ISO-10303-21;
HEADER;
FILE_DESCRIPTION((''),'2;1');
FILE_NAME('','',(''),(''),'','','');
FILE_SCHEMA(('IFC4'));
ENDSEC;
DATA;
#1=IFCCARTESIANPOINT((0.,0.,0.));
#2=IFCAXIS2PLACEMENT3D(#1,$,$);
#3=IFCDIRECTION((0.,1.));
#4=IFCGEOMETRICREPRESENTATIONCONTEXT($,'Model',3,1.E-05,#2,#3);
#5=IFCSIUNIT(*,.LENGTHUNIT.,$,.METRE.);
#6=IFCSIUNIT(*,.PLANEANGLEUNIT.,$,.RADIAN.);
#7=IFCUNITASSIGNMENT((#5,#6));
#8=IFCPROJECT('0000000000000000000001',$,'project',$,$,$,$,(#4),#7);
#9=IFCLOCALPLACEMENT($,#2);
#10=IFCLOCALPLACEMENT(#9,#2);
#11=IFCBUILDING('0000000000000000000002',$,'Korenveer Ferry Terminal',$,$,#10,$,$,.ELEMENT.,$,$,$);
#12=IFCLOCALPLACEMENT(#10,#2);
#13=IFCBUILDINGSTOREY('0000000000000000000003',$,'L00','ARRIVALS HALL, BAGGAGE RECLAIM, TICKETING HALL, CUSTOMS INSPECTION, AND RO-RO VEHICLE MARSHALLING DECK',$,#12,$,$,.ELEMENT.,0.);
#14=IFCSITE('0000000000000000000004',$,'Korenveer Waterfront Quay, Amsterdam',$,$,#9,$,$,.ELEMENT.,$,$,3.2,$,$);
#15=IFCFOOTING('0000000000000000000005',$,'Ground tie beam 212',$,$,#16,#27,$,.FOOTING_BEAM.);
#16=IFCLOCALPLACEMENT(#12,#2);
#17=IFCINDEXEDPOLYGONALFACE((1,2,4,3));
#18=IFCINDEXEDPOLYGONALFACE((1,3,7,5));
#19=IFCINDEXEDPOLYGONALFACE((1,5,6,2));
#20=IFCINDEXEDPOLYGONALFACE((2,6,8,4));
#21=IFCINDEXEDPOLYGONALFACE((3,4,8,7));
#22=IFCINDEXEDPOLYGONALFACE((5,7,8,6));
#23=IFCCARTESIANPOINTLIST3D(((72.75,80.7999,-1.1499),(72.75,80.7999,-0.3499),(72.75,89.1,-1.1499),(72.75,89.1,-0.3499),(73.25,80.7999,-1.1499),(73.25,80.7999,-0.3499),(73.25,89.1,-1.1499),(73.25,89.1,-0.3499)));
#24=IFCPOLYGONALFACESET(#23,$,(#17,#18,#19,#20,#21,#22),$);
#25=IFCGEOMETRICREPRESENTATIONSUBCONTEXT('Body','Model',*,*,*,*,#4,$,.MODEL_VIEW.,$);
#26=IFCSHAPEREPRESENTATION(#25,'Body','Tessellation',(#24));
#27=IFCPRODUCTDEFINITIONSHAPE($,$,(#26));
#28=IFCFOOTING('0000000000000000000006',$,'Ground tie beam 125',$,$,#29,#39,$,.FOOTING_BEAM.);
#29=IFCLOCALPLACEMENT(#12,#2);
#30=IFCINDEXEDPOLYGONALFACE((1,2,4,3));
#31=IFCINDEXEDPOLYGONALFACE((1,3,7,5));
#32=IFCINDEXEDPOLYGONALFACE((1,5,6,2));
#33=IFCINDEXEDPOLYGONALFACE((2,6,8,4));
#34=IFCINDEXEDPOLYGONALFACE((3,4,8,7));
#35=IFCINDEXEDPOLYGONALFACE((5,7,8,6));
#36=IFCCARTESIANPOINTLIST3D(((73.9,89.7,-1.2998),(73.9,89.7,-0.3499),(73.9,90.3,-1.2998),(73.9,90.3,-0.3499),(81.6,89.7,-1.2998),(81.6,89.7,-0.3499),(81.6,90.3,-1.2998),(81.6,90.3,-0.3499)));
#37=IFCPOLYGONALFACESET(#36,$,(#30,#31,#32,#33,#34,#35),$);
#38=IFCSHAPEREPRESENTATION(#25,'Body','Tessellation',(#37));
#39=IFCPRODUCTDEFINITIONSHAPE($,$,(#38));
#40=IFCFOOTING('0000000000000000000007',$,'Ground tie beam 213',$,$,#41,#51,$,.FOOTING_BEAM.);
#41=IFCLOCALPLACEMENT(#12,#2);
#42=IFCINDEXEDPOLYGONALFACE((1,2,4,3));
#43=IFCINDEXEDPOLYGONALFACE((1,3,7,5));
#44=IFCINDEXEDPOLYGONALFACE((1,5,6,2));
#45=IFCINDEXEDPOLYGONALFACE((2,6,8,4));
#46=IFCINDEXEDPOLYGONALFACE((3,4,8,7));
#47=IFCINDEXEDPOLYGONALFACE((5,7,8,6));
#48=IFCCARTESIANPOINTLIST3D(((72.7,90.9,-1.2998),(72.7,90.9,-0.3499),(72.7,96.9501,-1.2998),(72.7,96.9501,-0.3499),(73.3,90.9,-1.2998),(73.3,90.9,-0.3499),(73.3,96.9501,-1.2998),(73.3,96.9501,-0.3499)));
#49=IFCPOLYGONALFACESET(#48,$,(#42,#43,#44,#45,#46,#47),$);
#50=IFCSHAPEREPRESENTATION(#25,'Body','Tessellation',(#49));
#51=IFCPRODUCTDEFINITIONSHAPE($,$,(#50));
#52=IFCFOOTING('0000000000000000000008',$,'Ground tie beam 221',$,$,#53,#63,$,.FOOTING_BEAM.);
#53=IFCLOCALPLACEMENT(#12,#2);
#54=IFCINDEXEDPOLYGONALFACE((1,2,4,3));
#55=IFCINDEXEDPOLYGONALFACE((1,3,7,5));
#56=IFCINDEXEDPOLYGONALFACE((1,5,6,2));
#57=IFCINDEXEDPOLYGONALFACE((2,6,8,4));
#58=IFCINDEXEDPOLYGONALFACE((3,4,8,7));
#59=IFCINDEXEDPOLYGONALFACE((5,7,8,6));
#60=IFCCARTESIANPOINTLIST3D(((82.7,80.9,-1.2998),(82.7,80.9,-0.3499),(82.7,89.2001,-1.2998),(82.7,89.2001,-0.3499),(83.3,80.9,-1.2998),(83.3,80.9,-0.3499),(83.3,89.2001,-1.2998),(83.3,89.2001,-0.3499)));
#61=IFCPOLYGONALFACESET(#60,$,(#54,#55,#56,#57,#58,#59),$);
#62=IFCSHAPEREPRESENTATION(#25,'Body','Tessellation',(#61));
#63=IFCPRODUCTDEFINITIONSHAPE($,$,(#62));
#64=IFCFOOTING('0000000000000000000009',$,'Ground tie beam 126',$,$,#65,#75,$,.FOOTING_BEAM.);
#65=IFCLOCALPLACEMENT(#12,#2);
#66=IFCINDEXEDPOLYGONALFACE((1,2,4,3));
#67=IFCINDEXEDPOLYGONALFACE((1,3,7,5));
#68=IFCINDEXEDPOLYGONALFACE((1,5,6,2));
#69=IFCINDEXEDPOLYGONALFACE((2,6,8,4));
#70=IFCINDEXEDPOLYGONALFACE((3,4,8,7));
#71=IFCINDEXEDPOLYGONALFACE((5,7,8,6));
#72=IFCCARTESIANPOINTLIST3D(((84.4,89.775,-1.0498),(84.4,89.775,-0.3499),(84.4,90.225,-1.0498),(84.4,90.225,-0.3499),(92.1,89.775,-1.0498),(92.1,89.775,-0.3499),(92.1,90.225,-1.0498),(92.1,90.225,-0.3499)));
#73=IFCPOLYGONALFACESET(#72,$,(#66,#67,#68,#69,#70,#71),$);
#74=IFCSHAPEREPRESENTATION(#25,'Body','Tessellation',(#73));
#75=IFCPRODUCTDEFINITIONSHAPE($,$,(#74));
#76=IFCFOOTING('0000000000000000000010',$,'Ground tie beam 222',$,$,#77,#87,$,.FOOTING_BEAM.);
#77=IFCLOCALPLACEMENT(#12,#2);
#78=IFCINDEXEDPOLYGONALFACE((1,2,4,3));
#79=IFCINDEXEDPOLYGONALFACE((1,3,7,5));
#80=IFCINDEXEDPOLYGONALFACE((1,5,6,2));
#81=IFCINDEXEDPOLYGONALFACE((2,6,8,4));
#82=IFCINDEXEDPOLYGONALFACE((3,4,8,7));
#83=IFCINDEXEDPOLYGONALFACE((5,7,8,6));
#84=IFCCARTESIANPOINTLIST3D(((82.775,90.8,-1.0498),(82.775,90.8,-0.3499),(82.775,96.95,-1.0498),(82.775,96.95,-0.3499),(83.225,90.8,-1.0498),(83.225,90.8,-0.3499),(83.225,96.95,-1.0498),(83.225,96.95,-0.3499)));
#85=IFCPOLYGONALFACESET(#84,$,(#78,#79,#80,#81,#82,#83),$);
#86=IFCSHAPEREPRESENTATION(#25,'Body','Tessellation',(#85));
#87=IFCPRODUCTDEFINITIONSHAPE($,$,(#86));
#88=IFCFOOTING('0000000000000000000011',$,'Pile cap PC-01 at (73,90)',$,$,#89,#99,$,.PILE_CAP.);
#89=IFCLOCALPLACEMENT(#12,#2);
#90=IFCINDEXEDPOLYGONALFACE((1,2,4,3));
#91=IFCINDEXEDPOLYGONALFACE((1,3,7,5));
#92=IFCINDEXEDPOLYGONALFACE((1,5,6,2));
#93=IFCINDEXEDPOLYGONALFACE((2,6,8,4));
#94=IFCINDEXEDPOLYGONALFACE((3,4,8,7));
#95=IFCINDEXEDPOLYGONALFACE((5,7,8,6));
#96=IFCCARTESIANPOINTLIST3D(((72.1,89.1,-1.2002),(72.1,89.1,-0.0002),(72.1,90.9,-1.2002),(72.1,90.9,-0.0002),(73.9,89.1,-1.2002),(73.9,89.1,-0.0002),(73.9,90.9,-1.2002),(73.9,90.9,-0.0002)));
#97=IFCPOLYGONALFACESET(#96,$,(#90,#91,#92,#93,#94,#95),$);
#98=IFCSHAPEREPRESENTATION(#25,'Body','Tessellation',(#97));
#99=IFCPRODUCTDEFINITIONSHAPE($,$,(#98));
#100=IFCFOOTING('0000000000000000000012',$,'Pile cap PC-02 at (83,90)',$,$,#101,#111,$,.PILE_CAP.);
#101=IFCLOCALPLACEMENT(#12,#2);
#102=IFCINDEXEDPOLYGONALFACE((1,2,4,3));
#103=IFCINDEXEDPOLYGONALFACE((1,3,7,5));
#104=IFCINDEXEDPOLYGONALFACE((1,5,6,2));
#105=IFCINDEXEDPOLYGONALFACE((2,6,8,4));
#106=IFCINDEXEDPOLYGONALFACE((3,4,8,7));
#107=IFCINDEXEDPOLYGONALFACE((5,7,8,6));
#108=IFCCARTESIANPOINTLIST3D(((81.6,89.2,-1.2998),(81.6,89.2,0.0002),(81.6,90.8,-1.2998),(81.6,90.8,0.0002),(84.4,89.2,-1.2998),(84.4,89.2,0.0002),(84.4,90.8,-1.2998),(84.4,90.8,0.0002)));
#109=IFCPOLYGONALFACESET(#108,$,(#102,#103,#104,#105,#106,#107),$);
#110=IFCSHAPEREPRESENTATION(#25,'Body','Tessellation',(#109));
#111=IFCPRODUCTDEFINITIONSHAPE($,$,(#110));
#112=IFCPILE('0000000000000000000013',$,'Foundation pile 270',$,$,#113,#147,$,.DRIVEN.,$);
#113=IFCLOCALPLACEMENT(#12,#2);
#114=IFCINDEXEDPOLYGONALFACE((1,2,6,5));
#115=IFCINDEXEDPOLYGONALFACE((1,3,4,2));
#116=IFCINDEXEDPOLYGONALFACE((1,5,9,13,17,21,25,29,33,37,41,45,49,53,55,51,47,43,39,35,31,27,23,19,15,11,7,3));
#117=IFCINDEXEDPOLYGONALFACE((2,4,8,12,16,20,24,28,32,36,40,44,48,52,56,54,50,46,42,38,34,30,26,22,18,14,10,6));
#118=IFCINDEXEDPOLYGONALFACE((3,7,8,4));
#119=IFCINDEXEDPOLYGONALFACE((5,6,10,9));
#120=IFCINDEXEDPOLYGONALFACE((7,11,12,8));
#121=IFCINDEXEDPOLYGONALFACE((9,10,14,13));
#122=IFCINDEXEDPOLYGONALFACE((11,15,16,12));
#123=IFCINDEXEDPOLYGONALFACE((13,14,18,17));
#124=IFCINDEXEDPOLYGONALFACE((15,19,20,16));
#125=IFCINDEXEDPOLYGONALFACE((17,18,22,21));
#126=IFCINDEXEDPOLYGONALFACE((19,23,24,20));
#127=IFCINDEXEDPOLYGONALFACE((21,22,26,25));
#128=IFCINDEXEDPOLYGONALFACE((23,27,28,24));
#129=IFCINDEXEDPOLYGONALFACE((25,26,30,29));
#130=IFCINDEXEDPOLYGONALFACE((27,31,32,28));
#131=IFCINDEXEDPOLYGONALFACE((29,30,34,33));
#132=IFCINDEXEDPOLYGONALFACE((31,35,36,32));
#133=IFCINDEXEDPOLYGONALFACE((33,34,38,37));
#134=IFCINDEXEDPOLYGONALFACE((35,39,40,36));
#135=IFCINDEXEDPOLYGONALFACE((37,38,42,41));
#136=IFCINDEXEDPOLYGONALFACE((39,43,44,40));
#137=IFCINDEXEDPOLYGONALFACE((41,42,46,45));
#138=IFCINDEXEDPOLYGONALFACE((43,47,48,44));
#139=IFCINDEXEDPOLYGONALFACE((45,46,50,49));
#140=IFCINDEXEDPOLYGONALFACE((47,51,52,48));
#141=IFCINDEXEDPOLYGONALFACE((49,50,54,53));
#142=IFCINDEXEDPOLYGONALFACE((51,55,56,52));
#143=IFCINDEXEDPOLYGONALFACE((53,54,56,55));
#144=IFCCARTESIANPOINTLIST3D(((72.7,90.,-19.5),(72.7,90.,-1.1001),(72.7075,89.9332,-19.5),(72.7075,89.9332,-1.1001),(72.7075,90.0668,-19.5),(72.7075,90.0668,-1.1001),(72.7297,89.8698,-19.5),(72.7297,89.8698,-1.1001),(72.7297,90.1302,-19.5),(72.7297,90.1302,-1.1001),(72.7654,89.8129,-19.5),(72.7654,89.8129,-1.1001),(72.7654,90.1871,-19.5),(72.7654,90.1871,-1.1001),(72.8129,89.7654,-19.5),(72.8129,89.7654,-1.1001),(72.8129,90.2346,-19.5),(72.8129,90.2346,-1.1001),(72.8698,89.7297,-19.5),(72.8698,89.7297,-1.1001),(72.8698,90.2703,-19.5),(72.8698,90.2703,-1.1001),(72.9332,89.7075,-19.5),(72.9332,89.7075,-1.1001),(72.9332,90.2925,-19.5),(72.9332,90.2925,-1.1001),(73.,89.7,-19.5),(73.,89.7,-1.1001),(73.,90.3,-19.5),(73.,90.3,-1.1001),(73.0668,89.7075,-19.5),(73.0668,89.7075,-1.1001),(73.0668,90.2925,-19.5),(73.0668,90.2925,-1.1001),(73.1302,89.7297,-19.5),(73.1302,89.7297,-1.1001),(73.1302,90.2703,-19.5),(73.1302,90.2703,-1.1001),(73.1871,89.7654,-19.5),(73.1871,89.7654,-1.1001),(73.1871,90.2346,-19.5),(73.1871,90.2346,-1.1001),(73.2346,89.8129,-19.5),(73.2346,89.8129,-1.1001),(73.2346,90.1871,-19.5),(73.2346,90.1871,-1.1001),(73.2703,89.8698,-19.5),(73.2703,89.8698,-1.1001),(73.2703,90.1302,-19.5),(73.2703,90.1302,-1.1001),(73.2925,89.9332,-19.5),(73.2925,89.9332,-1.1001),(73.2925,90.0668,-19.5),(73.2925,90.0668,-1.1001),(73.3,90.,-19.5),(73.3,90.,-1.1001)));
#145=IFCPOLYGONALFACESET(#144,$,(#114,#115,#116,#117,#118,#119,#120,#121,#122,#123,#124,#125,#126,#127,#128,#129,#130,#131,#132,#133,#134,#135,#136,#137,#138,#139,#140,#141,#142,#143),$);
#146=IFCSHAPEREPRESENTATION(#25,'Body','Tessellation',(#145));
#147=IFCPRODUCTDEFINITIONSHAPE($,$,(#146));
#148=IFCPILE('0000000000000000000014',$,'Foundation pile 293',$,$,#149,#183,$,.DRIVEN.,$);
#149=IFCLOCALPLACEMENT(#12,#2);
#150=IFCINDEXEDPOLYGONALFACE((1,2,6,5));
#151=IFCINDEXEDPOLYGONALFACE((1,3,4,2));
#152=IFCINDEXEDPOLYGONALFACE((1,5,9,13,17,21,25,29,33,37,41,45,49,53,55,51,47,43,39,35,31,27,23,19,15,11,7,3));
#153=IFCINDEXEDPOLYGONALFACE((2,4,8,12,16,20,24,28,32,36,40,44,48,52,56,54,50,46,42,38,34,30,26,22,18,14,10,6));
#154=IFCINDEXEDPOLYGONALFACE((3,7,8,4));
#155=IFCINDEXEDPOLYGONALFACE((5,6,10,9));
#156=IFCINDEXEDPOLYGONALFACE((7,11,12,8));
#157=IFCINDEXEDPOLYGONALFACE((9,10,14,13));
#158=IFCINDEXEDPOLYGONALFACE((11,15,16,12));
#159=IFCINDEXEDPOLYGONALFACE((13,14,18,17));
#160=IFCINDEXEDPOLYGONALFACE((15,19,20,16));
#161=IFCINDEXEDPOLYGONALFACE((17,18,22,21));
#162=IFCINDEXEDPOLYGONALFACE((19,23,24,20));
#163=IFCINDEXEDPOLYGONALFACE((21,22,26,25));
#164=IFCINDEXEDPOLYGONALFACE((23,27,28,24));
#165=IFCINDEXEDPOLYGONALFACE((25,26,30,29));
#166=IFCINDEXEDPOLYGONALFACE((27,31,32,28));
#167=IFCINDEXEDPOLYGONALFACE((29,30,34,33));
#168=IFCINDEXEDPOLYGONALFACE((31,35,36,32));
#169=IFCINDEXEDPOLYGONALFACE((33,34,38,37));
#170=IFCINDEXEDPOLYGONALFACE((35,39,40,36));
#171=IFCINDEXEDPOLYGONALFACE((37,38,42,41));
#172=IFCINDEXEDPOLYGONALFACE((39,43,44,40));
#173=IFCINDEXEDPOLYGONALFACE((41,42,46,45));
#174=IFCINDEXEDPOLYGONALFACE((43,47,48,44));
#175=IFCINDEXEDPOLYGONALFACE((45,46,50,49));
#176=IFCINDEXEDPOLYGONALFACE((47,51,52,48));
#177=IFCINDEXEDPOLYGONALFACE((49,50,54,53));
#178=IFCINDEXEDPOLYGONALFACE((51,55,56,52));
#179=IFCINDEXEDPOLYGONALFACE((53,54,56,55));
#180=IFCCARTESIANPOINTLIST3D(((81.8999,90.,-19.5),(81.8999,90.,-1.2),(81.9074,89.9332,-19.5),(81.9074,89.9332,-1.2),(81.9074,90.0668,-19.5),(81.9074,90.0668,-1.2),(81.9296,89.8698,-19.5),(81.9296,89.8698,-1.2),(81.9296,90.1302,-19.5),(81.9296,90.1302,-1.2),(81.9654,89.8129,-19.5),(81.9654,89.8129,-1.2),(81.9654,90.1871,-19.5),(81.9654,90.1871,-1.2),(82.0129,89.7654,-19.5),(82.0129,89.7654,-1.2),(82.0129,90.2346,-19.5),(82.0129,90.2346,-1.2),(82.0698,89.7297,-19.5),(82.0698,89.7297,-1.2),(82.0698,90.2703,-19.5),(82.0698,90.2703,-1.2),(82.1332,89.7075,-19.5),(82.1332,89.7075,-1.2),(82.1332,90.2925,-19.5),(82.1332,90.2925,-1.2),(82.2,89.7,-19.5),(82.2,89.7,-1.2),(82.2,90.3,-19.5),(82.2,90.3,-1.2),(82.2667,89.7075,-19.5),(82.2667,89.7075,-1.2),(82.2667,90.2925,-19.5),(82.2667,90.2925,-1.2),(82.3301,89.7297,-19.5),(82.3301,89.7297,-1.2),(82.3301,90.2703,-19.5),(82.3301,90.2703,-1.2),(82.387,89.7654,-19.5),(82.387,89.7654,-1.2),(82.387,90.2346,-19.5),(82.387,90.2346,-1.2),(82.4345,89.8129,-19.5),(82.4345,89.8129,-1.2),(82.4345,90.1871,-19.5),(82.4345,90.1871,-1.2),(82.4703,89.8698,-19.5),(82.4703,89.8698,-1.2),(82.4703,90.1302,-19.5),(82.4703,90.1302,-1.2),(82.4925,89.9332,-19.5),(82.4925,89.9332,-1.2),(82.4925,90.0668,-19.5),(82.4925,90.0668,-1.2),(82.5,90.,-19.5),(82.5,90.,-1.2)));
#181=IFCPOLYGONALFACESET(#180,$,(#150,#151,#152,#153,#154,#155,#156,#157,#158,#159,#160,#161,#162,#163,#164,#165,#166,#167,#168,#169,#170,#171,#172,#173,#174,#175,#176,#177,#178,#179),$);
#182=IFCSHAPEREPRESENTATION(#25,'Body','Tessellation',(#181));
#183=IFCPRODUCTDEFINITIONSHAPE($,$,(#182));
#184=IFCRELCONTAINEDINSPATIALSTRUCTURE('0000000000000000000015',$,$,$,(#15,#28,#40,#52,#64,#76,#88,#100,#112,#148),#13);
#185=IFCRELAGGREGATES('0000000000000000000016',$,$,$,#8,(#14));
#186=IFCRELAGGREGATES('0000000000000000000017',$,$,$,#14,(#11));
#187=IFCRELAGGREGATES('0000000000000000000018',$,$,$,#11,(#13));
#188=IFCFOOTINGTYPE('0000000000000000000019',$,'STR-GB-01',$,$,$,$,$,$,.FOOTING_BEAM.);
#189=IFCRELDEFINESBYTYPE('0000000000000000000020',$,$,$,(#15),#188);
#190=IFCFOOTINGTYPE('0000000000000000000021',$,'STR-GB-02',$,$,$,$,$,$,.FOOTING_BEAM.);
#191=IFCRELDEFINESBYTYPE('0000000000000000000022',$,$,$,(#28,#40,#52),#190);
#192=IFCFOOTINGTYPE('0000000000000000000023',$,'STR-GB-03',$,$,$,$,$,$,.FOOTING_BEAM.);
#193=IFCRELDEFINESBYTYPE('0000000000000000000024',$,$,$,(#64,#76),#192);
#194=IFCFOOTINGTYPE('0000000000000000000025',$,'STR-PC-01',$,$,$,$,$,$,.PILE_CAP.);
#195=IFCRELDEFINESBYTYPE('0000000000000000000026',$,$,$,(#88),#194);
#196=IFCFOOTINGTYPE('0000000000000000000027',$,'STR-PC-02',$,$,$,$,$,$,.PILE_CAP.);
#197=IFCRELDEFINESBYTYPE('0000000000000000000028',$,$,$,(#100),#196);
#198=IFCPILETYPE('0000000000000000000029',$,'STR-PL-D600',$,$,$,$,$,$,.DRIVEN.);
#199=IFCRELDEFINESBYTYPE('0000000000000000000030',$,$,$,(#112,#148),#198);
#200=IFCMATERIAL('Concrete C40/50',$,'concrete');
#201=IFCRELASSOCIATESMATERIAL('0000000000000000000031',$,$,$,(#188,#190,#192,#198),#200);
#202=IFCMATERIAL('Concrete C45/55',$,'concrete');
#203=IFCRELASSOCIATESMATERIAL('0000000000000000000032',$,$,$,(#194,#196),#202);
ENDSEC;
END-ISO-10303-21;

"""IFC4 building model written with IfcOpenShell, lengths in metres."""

from ifc_helpers import new_model, si_unit, direction, frame, origin, origin_2d, place, context, subcontext, project, spatial, rectangle, circle, extrude, material, material_profile, profile_set, type_object, element, save


model = new_model("IFC4")

# Units and contexts
model_context = context("Model", 3, precision=1e-05, world=origin(), true_north=direction((0.0, 1.0)))
body_context = subcontext(model_context, "Body", "Model", "MODEL_VIEW")
ifc_project = project(units=[si_unit("LENGTHUNIT", "METRE"), si_unit("PLANEANGLEUNIT", "RADIAN")], contexts=[model_context])

# Site, building, storey
site_placement = place(None, origin())
site = spatial("IfcSite", under=ifc_project, at=site_placement, Name="Korenveer Waterfront Quay, Amsterdam", CompositionType="ELEMENT", RefElevation=3.2)
building_placement = place(site_placement, origin())
building = spatial("IfcBuilding", under=site, at=building_placement, Name="Korenveer Ferry Terminal", CompositionType="ELEMENT")
storey_placement = place(building_placement, origin())
storey = spatial("IfcBuildingStorey", under=building, at=storey_placement, Name="L00", Description="ARRIVALS HALL, BAGGAGE RECLAIM, TICKETING HALL, CUSTOMS INSPECTION, AND RO-RO VEHICLE MARSHALLING DECK", CompositionType="ELEMENT", Elevation=0.0)

# Footings
ifc_material_1 = material(Name="Concrete C40/50", Category="concrete")
footing_type_1 = type_object("IfcFootingType", Name="STR-GB-01", PredefinedType="FOOTING_BEAM", material=ifc_material_1)
footing_1_placement = place(storey_placement, frame((73.0, 84.95, -1.1499), z_axis=(0.0, 0.0, 1.0), x_axis=(1.0, 0.0, 0.0)))
element("IfcFooting", 1, at=footing_1_placement, inside=storey, type_object=footing_type_1, Name="Ground tie beam 212", PredefinedType="FOOTING_BEAM", context=body_context, shape_type="SweptSolid", body=[
    extrude(rectangle(XDim=0.5, YDim=8.3, at=origin_2d()), origin(), (0.0, 0.0, 1.0), 0.8),
])
footing_type_2 = type_object("IfcFootingType", Name="STR-GB-02", PredefinedType="FOOTING_BEAM", material=ifc_material_1)
footing_2_placement = place(storey_placement, frame((77.75, 90.0, -1.2998), z_axis=(0.0, 0.0, 1.0), x_axis=(1.0, 0.0, 0.0)))
element("IfcFooting", 2, at=footing_2_placement, inside=storey, type_object=footing_type_2, Name="Ground tie beam 125", PredefinedType="FOOTING_BEAM", context=body_context, shape_type="SweptSolid", body=[
    extrude(rectangle(XDim=7.7, YDim=0.6001, at=origin_2d()), origin(), (0.0, 0.0, 1.0), 0.95),
])
footing_3_placement = place(storey_placement, frame((73.0, 93.925, -1.2998), z_axis=(0.0, 0.0, 1.0), x_axis=(1.0, 0.0, 0.0)))
element("IfcFooting", 3, at=footing_3_placement, inside=storey, type_object=footing_type_2, Name="Ground tie beam 213", PredefinedType="FOOTING_BEAM", context=body_context, shape_type="SweptSolid", body=[
    extrude(rectangle(XDim=0.6001, YDim=6.05, at=origin_2d()), origin(), (0.0, 0.0, 1.0), 0.95),
])
footing_4_placement = place(storey_placement, frame((83.0, 85.05, -1.2998), z_axis=(0.0, 0.0, 1.0), x_axis=(1.0, 0.0, 0.0)))
element("IfcFooting", 4, at=footing_4_placement, inside=storey, type_object=footing_type_2, Name="Ground tie beam 221", PredefinedType="FOOTING_BEAM", context=body_context, shape_type="SweptSolid", body=[
    extrude(rectangle(XDim=0.6001, YDim=8.3, at=origin_2d()), origin(), (0.0, 0.0, 1.0), 0.95),
])
footing_type_3 = type_object("IfcFootingType", Name="STR-GB-03", PredefinedType="FOOTING_BEAM", material=ifc_material_1)
footing_5_placement = place(storey_placement, frame((88.25, 90.0, -1.0498), z_axis=(0.0, 0.0, 1.0), x_axis=(1.0, 0.0, 0.0)))
element("IfcFooting", 5, at=footing_5_placement, inside=storey, type_object=footing_type_3, Name="Ground tie beam 126", PredefinedType="FOOTING_BEAM", context=body_context, shape_type="SweptSolid", body=[
    extrude(rectangle(XDim=7.7, YDim=0.45, at=origin_2d()), origin(), (0.0, 0.0, 1.0), 0.7),
])
footing_6_placement = place(storey_placement, frame((83.0, 93.875, -1.0498), z_axis=(0.0, 0.0, 1.0), x_axis=(1.0, 0.0, 0.0)))
element("IfcFooting", 6, at=footing_6_placement, inside=storey, type_object=footing_type_3, Name="Ground tie beam 222", PredefinedType="FOOTING_BEAM", context=body_context, shape_type="SweptSolid", body=[
    extrude(rectangle(XDim=0.45, YDim=6.1499, at=origin_2d()), origin(), (0.0, 0.0, 1.0), 0.7),
])
ifc_material_2 = material(Name="Concrete C45/55", Category="concrete")
footing_type_4 = type_object("IfcFootingType", Name="STR-PC-01", PredefinedType="PILE_CAP", material=ifc_material_2)
footing_7_placement = place(storey_placement, frame((73.0, 90.0, -1.2002), z_axis=(0.0, 0.0, 1.0), x_axis=(1.0, 0.0, 0.0)))
element("IfcFooting", 7, at=footing_7_placement, inside=storey, type_object=footing_type_4, Name="Pile cap PC-01 at (73,90)", PredefinedType="PILE_CAP", context=body_context, shape_type="SweptSolid", body=[
    extrude(rectangle(XDim=1.8, YDim=1.8, at=origin_2d()), origin(), (0.0, 0.0, 1.0), 1.2),
])
footing_type_5 = type_object("IfcFootingType", Name="STR-PC-02", PredefinedType="PILE_CAP", material=ifc_material_2)
footing_8_placement = place(storey_placement, frame((83.0, 90.0, -1.2998), z_axis=(0.0, 0.0, 1.0), x_axis=(1.0, 0.0, 0.0)))
element("IfcFooting", 8, at=footing_8_placement, inside=storey, type_object=footing_type_5, Name="Pile cap PC-02 at (83,90)", PredefinedType="PILE_CAP", context=body_context, shape_type="SweptSolid", body=[
    extrude(rectangle(XDim=2.8, YDim=1.6001, at=origin_2d()), origin(), (0.0, 0.0, 1.0), 1.3),
])

# Piles
ifc_material_profile_1 = material_profile(ifc_material_1, circle(Radius=0.3, at=origin_2d()), Name="PILE D600")
ifc_profile_set_1 = profile_set([ifc_material_profile_1], Name="Concrete C40/50")
pile_type_1 = type_object("IfcPileType", Name="STR-PL-D600", PredefinedType="DRIVEN", material=ifc_profile_set_1)
pile_placement = place(storey_placement, frame((73.0, 90.0, -1.1001), z_axis=(0.0, 0.0, -1.0), x_axis=(1.0, 0.0, 0.0)))
element("IfcPile", 9, at=pile_placement, inside=storey, type_object=pile_type_1, Name="Foundation pile 270", PredefinedType="DRIVEN", context=body_context, shape_type="SweptSolid", body=[
    extrude(circle(Radius=0.3, at=origin_2d()), origin(), (0.0, 0.0, 1.0), 18.3999),
])
for number, where, z_axis, x_axis, name in (
    (10, (82.2, 90.0, -1.2), (0.0, 0.0, -1.0), (1.0, 0.0, 0.0), "Foundation pile 293"),
):
    element("IfcPile", number, at=place(storey_placement, frame(where, z_axis=z_axis, x_axis=x_axis)), inside=storey, type_object=pile_type_1, Name=name, PredefinedType="DRIVEN", context=body_context, shape_type="SweptSolid", body=[
        extrude(circle(Radius=0.3, at=origin_2d()), origin(), (0.0, 0.0, 1.0), 18.3),
    ])

save(model, "model.ifc")
